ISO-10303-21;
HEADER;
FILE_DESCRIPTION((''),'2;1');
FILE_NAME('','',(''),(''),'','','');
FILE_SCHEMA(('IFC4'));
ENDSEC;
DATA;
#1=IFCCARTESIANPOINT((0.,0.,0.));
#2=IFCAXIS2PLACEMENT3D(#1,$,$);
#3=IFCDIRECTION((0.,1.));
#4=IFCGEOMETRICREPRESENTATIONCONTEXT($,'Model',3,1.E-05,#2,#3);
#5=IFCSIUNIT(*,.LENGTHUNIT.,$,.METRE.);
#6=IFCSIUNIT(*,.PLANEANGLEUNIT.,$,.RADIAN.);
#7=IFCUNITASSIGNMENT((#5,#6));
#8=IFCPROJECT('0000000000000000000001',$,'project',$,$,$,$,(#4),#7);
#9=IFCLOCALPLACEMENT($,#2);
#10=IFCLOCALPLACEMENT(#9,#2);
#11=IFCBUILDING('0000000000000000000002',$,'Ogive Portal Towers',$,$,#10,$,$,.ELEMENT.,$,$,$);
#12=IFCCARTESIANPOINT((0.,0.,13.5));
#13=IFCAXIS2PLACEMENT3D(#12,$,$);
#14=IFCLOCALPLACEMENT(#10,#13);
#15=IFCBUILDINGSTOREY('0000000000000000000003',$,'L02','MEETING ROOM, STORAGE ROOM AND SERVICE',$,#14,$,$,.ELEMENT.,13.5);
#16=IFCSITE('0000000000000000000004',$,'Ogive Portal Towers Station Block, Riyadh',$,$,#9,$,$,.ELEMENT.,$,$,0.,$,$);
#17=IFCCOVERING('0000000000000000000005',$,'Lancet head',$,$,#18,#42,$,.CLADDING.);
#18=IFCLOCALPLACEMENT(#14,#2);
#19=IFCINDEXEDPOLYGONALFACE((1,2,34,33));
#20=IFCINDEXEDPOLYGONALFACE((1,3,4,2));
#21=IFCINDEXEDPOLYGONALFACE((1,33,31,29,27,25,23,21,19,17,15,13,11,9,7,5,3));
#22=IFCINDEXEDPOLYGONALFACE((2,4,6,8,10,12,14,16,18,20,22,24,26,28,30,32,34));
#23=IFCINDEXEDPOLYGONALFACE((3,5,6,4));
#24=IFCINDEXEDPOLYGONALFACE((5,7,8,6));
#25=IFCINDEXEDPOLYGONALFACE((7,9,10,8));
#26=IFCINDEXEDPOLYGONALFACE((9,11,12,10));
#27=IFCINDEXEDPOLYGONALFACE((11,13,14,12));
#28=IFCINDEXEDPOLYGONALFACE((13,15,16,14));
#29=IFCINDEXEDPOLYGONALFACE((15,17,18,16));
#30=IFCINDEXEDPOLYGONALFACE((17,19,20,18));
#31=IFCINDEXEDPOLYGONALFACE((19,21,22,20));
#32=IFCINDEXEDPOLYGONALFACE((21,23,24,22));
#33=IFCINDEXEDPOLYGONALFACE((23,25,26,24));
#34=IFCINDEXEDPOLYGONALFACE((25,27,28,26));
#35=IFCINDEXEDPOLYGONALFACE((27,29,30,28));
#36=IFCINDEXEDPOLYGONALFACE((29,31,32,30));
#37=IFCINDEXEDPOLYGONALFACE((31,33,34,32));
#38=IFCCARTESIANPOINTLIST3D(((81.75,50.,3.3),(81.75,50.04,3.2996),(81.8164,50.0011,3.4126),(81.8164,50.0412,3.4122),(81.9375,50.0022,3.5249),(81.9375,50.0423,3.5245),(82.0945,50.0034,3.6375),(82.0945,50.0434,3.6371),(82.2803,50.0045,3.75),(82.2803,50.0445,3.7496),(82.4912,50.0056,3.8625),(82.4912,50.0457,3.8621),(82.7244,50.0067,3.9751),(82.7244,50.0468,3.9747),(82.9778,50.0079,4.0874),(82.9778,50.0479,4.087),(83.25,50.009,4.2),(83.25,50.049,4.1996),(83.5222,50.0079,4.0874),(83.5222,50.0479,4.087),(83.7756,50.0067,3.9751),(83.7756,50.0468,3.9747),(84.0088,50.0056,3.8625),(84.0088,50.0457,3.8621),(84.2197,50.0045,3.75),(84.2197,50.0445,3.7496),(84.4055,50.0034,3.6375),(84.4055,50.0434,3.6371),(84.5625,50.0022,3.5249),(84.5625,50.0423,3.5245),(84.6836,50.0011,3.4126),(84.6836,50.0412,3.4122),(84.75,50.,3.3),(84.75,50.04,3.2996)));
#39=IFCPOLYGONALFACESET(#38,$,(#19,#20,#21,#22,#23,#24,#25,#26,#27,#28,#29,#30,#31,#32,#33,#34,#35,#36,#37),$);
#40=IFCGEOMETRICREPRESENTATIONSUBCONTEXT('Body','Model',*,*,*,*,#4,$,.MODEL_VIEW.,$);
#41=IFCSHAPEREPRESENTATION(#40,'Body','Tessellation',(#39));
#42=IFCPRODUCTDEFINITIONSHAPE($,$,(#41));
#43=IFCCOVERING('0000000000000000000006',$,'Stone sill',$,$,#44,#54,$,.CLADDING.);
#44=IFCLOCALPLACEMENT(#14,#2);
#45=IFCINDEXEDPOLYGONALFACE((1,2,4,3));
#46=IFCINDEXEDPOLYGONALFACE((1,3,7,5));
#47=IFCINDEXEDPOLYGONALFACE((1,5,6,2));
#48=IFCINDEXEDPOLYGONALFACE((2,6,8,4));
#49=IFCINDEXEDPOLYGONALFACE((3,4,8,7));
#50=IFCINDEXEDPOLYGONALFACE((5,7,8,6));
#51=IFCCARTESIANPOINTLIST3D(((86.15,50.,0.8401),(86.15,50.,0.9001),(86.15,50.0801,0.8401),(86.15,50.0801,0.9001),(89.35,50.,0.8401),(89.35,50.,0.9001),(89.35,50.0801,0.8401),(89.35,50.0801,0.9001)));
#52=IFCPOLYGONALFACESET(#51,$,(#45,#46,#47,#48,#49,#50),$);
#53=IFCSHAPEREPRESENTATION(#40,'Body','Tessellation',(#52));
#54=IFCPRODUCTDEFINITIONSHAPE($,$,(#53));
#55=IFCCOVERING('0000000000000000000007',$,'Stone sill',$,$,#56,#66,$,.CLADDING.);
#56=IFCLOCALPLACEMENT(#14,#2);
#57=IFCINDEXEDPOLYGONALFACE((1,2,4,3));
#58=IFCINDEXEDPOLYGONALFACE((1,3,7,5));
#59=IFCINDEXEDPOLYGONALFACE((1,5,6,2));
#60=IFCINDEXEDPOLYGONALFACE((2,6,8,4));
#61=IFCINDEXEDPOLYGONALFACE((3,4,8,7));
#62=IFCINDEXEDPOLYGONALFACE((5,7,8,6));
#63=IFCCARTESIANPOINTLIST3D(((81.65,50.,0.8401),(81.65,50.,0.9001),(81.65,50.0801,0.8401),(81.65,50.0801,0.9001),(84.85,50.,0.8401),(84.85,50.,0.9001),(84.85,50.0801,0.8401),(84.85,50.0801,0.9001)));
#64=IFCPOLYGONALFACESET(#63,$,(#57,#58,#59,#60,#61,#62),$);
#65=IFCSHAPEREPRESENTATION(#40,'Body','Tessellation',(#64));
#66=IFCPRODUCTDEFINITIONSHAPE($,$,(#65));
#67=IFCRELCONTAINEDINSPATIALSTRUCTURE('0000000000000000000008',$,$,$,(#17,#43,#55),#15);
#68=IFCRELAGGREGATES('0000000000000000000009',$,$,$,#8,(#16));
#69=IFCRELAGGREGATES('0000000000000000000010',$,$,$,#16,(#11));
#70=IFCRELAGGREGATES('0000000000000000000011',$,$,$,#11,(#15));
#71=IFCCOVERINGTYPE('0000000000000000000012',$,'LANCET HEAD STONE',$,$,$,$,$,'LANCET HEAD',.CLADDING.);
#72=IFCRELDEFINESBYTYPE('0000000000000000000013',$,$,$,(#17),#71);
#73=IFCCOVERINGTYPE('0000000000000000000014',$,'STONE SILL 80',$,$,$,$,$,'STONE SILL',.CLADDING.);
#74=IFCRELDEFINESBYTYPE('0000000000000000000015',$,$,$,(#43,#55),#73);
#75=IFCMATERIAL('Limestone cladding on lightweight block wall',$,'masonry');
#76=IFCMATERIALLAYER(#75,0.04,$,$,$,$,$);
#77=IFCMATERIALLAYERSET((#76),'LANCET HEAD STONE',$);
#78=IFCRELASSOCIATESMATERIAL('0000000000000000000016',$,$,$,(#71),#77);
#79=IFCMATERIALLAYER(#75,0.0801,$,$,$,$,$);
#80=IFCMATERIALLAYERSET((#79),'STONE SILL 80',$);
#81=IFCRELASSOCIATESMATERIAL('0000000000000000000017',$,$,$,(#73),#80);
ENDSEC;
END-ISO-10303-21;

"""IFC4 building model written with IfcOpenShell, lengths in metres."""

from ifc_helpers import new_model, si_unit, direction, frame, origin, origin_2d, place, context, subcontext, project, spatial, polyline, rectangle, outline, extrude, material, layer, layer_set, type_object, element, save


model = new_model("IFC4")

# Units and contexts
model_context = context("Model", 3, precision=1e-05, world=origin(), true_north=direction((0.0, 1.0)))
body_context = subcontext(model_context, "Body", "Model", "MODEL_VIEW")
ifc_project = project(units=[si_unit("LENGTHUNIT", "METRE"), si_unit("PLANEANGLEUNIT", "RADIAN")], contexts=[model_context])

# Site, building, storey
site_placement = place(None, origin())
site = spatial("IfcSite", under=ifc_project, at=site_placement, Name="Ogive Portal Towers Station Block, Riyadh", CompositionType="ELEMENT", RefElevation=0.0)
building_placement = place(site_placement, origin())
building = spatial("IfcBuilding", under=site, at=building_placement, Name="Ogive Portal Towers", CompositionType="ELEMENT")
storey_placement = place(building_placement, frame((0.0, 0.0, 13.5)))
storey = spatial("IfcBuildingStorey", under=building, at=storey_placement, Name="L02", Description="MEETING ROOM, STORAGE ROOM AND SERVICE", CompositionType="ELEMENT", Elevation=13.5)

# Coverings
ifc_material_1 = material(Name="Limestone cladding on lightweight block wall", Category="masonry")
ifc_layer_1 = layer(ifc_material_1, 0.04)
ifc_layer_set_1 = layer_set([ifc_layer_1], Name="LANCET HEAD STONE")
covering_type_1 = type_object("IfcCoveringType", Name="LANCET HEAD STONE", ElementType="LANCET HEAD", PredefinedType="CLADDING", material=ifc_layer_set_1)
for number, where, z_axis, x_axis, name in (
    (1, (84.75, 50.0, 3.3), (0.0, -0.99995, 0.009994), (-1.0, 0.0, 0.0), "Lancet head"),
):
    element("IfcCovering", number, at=place(storey_placement, frame(where, z_axis=z_axis, x_axis=x_axis)), inside=storey, type_object=covering_type_1, Name=name, PredefinedType="CLADDING", context=body_context, shape_type="SweptSolid", body=[
        extrude(outline(polyline([(0.0, 0.0), (3.0, 0.0), (2.9336, -0.1126), (2.8125, -0.2249), (2.6555, -0.3374), (2.4697, -0.45), (2.2588, -0.5625), (2.0256, -0.6751), (1.7722, -0.7874), (1.5, -0.8999), (1.2278, -0.7874), (0.9744, -0.6751), (0.7412, -0.5625), (0.5303, -0.45), (0.3445, -0.3374), (0.1875, -0.2249), (0.0664, -0.1126), (0.0, 0.0)])), origin(), (0.0, 0.0, -1.0), 0.04),
    ])
ifc_layer_2 = layer(ifc_material_1, 0.0801)
ifc_layer_set_2 = layer_set([ifc_layer_2], Name="STONE SILL 80")
covering_type_2 = type_object("IfcCoveringType", Name="STONE SILL 80", ElementType="STONE SILL", PredefinedType="CLADDING", material=ifc_layer_set_2)
for number, where, z_axis, x_axis, name in (
    (2, (87.75, 50.04, 0.8401), (0.0, 0.0, 1.0), (-1.0, 0.0, 0.0), "Stone sill"),
    (3, (83.25, 50.04, 0.8401), (0.0, 0.0, 1.0), (-1.0, 0.0, 0.0), "Stone sill"),
):
    element("IfcCovering", number, at=place(storey_placement, frame(where, z_axis=z_axis, x_axis=x_axis)), inside=storey, type_object=covering_type_2, Name=name, PredefinedType="CLADDING", context=body_context, shape_type="SweptSolid", body=[
        extrude(rectangle(XDim=3.2, YDim=0.0801, at=origin_2d()), origin(), (0.0, 0.0, 1.0), 0.0601),
    ])

save(model, "model.ifc")
